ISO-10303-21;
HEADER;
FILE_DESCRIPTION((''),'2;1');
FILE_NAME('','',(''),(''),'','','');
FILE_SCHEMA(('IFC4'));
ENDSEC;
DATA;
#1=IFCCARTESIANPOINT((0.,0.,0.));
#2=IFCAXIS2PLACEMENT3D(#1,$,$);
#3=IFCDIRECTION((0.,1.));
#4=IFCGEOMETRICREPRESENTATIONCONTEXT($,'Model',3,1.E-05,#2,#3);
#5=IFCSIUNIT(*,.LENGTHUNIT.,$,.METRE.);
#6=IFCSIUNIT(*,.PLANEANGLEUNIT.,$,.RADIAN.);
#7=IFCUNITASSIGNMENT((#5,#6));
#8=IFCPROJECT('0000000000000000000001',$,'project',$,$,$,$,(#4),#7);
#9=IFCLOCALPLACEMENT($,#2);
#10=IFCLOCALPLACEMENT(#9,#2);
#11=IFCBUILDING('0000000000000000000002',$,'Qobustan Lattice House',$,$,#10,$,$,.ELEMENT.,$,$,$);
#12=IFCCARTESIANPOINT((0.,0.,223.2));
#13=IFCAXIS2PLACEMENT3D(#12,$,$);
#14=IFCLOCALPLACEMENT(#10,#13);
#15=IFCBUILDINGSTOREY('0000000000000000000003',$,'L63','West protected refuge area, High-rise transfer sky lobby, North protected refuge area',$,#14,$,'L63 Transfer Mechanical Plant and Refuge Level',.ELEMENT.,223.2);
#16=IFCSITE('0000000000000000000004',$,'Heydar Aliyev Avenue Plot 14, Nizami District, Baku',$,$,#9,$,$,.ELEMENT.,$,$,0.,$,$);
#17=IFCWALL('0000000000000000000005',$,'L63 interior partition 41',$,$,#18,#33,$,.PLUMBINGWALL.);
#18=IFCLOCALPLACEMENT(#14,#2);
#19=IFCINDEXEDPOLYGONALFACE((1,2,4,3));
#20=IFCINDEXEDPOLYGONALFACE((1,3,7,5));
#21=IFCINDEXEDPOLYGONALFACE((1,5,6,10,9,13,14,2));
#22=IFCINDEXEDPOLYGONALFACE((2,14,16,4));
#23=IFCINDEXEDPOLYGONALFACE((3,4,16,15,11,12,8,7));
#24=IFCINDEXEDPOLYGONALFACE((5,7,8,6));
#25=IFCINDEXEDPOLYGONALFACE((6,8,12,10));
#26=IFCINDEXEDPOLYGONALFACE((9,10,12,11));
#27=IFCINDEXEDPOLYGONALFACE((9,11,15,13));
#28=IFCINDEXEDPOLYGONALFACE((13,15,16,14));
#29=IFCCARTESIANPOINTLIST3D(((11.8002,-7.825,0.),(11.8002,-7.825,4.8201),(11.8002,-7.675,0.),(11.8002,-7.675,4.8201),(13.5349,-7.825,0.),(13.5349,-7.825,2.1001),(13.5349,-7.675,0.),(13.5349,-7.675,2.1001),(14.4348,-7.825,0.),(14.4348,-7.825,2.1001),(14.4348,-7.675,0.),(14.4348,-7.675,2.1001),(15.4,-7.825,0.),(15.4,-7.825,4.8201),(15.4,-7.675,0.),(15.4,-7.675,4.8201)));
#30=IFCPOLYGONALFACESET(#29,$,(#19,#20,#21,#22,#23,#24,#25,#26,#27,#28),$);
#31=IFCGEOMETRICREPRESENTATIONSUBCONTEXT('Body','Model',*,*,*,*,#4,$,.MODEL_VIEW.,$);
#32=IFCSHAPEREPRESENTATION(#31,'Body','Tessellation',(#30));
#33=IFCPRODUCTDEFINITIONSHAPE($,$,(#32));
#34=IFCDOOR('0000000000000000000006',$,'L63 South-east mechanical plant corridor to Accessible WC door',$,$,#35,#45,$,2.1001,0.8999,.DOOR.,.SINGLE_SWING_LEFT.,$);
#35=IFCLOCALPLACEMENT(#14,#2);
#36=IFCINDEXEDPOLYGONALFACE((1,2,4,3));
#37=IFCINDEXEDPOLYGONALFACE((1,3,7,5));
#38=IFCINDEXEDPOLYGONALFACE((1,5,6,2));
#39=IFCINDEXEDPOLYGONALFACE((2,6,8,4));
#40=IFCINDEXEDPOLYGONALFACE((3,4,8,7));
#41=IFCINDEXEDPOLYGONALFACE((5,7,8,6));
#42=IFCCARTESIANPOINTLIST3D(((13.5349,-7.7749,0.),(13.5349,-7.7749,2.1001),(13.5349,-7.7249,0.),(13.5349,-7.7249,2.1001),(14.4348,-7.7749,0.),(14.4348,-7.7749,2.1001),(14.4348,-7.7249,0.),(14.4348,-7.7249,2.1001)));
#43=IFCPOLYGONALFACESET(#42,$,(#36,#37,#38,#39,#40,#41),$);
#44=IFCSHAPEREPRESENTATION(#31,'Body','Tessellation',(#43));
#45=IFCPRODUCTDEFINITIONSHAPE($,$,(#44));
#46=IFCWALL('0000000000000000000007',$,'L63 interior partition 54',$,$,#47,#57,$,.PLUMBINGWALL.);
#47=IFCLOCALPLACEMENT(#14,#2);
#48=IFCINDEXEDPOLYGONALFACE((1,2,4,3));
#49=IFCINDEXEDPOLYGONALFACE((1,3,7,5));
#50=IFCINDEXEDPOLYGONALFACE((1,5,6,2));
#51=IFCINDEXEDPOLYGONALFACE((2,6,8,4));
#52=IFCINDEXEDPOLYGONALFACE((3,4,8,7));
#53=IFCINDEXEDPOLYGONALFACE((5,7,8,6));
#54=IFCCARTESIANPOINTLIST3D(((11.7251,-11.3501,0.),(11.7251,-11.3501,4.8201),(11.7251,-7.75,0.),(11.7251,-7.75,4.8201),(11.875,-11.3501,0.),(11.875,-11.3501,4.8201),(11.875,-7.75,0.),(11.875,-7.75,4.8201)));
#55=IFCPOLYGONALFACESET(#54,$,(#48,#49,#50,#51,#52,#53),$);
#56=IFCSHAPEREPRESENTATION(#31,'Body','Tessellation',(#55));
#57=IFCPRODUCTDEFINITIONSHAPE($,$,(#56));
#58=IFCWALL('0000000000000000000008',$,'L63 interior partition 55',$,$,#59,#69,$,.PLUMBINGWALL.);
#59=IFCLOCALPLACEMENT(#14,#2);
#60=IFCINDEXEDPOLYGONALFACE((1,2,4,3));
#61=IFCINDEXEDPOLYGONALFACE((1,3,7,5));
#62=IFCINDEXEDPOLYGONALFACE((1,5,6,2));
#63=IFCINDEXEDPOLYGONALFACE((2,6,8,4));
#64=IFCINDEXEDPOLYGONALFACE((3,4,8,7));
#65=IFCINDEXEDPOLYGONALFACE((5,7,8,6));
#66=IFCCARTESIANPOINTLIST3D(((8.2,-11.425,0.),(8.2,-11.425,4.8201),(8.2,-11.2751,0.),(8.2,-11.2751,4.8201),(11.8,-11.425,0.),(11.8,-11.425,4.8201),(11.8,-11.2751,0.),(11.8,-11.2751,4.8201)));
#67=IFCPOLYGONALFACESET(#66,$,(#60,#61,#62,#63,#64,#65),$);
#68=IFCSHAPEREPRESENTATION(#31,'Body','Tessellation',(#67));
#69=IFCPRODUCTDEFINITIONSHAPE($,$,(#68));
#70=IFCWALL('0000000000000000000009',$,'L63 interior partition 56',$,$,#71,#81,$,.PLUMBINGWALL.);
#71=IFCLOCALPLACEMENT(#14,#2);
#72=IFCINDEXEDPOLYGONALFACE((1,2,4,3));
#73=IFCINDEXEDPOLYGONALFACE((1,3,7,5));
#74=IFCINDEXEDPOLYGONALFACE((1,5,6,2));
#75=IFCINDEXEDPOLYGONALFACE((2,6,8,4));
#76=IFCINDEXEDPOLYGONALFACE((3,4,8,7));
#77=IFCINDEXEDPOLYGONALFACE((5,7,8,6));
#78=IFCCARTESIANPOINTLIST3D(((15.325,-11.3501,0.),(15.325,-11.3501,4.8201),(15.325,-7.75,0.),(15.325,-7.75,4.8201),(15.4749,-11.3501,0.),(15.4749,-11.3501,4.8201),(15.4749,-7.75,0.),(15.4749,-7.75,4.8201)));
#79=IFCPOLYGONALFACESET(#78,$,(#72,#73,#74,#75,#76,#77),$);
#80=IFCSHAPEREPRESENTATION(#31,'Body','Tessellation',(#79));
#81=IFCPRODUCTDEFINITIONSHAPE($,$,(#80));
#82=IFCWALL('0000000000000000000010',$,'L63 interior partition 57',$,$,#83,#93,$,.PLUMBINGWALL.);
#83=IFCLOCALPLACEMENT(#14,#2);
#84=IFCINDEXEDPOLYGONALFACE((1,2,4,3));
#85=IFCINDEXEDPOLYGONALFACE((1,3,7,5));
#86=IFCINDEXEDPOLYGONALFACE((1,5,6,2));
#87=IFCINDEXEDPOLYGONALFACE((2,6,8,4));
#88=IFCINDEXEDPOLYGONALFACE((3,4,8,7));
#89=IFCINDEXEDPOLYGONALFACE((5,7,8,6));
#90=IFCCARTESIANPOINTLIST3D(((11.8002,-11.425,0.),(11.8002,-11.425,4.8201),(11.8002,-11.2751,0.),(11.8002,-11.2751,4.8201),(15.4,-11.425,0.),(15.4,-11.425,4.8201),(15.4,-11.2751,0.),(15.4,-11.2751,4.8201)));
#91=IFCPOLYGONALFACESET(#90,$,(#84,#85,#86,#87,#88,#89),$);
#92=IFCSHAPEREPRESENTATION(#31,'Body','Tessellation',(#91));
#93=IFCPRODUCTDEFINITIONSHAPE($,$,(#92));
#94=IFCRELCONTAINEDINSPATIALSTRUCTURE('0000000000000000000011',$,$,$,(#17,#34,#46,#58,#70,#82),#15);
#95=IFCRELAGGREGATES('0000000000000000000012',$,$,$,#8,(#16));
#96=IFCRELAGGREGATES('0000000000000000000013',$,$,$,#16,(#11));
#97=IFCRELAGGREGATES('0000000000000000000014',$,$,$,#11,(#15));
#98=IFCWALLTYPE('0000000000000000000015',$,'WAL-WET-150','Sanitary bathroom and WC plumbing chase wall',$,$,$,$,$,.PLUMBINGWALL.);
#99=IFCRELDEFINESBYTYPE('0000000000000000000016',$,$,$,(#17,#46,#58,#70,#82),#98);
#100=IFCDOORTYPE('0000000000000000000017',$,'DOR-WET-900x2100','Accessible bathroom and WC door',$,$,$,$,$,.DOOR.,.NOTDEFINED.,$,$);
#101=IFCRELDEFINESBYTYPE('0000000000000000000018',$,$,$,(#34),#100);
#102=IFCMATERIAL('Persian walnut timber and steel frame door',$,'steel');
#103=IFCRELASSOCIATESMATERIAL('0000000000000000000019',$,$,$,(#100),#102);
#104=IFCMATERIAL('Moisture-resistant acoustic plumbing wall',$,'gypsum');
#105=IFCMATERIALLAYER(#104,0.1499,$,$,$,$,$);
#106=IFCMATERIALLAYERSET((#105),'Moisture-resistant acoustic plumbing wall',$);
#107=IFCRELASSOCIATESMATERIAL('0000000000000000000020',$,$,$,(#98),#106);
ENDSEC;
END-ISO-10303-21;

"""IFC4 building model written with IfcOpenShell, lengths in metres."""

from ifc_helpers import new_model, si_unit, direction, frame, frame_2d, origin, place, context, subcontext, project, spatial, rectangle, extrude, material, layer, layer_set, type_object, element, fill, save


model = new_model("IFC4")

# Units and contexts
model_context = context("Model", 3, precision=1e-05, world=origin(), true_north=direction((0.0, 1.0)))
body_context = subcontext(model_context, "Body", "Model", "MODEL_VIEW")
ifc_project = project(units=[si_unit("LENGTHUNIT", "METRE"), si_unit("PLANEANGLEUNIT", "RADIAN")], contexts=[model_context])

# Site, building, storey
site_placement = place(None, origin())
site = spatial("IfcSite", under=ifc_project, at=site_placement, Name="Heydar Aliyev Avenue Plot 14, Nizami District, Baku", CompositionType="ELEMENT", RefElevation=0.0)
building_placement = place(site_placement, origin())
building = spatial("IfcBuilding", under=site, at=building_placement, Name="Qobustan Lattice House", CompositionType="ELEMENT")
storey_placement = place(building_placement, frame((0.0, 0.0, 223.2)))
storey = spatial("IfcBuildingStorey", under=building, at=storey_placement, Name="L63", Description="West protected refuge area, High-rise transfer sky lobby, North protected refuge area", LongName="L63 Transfer Mechanical Plant and Refuge Level", CompositionType="ELEMENT", Elevation=223.2)

# Shared definitions
ifc_material_1 = material(Name="Persian walnut timber and steel frame door", Category="steel")
door_type = type_object("IfcDoorType", Name="DOR-WET-900x2100", Description="Accessible bathroom and WC door", OperationType="NOTDEFINED", PredefinedType="DOOR", material=ifc_material_1)

# Wall, opening, door
ifc_material_2 = material(Name="Moisture-resistant acoustic plumbing wall", Category="gypsum")
ifc_layer_1 = layer(ifc_material_2, 0.1499)
ifc_layer_set_1 = layer_set([ifc_layer_1], Name="Moisture-resistant acoustic plumbing wall")
wall_type_1 = type_object("IfcWallType", Name="WAL-WET-150", Description="Sanitary bathroom and WC plumbing chase wall", PredefinedType="PLUMBINGWALL", material=ifc_layer_set_1)
wall_1_placement = place(storey_placement, frame((15.3999, -7.75, 0.0), z_axis=(0.0, 0.0, 1.0), x_axis=(-1.0, 0.0, 0.0)))
wall_1 = element("IfcWall", 1, at=wall_1_placement, inside=storey, type_object=wall_type_1, Name="L63 interior partition 41", PredefinedType="PLUMBINGWALL", context=body_context, shape_type="SweptSolid", body=[
    extrude(rectangle(XDim=3.5999, YDim=0.1499, at=frame_2d((1.7998, 0.0))), origin(), (0.0, 0.0, 1.0), 4.8201),
])
opening_1_placement = place(wall_1_placement, frame((0.9651, 0.0, 0.0)))
opening_1 = element("IfcOpeningElement", 2, at=opening_1_placement, cuts=wall_1, PredefinedType="OPENING", context=body_context, shape_type="SweptSolid", body=[
    extrude(rectangle(XDim=0.8999, YDim=2.1001, at=frame_2d((0.45, 1.05))), frame((0.0, 0.085, 0.0), z_axis=(0.0, -1.0, 0.0), x_axis=(1.0, 0.0, 0.0)), (0.0, 0.0, 1.0), 0.1699),
])
door_1_placement = place(opening_1_placement, origin())
door_1 = element("IfcDoor", 3, at=door_1_placement, inside=storey, type_object=door_type, Name="L63 South-east mechanical plant corridor to Accessible WC door", OperationType="SINGLE_SWING_LEFT", OverallHeight=2.1001, OverallWidth=0.8999, PredefinedType="DOOR", context=body_context, shape_type="SweptSolid", body=[
    extrude(rectangle(XDim=0.8999, YDim=2.1001, at=frame_2d((0.45, 1.05))), frame((0.0, 0.0249, 0.0), z_axis=(0.0, -1.0, 0.0), x_axis=(1.0, 0.0, 0.0)), (0.0, 0.0, 1.0), 0.05),
])
fill(opening_1, door_1)

# Walls
for number, where, z_axis, x_axis, name in (
    (4, (11.8, -7.75, 0.0), (0.0, 0.0, 1.0), (0.0, -1.0, 0.0), "L63 interior partition 54"),
    (5, (11.8, -11.3501, 0.0), (0.0, 0.0, 1.0), (-1.0, 0.0, 0.0), "L63 interior partition 55"),
    (6, (15.3999, -7.75, 0.0), (0.0, 0.0, 1.0), (0.0, -1.0, 0.0), "L63 interior partition 56"),
):
    element("IfcWall", number, at=place(storey_placement, frame(where, z_axis=z_axis, x_axis=x_axis)), inside=storey, type_object=wall_type_1, Name=name, PredefinedType="PLUMBINGWALL", context=body_context, shape_type="SweptSolid", body=[
        extrude(rectangle(XDim=3.6001, YDim=0.1499, at=frame_2d((1.8, 0.0))), origin(), (0.0, 0.0, 1.0), 4.8201),
    ])
wall_2_placement = place(storey_placement, frame((15.3999, -11.3501, 0.0), z_axis=(0.0, 0.0, 1.0), x_axis=(-1.0, 0.0, 0.0)))
element("IfcWall", 7, at=wall_2_placement, inside=storey, type_object=wall_type_1, Name="L63 interior partition 57", PredefinedType="PLUMBINGWALL", context=body_context, shape_type="SweptSolid", body=[
    extrude(rectangle(XDim=3.5999, YDim=0.1499, at=frame_2d((1.7998, 0.0))), origin(), (0.0, 0.0, 1.0), 4.8201),
])

save(model, "model.ifc")
